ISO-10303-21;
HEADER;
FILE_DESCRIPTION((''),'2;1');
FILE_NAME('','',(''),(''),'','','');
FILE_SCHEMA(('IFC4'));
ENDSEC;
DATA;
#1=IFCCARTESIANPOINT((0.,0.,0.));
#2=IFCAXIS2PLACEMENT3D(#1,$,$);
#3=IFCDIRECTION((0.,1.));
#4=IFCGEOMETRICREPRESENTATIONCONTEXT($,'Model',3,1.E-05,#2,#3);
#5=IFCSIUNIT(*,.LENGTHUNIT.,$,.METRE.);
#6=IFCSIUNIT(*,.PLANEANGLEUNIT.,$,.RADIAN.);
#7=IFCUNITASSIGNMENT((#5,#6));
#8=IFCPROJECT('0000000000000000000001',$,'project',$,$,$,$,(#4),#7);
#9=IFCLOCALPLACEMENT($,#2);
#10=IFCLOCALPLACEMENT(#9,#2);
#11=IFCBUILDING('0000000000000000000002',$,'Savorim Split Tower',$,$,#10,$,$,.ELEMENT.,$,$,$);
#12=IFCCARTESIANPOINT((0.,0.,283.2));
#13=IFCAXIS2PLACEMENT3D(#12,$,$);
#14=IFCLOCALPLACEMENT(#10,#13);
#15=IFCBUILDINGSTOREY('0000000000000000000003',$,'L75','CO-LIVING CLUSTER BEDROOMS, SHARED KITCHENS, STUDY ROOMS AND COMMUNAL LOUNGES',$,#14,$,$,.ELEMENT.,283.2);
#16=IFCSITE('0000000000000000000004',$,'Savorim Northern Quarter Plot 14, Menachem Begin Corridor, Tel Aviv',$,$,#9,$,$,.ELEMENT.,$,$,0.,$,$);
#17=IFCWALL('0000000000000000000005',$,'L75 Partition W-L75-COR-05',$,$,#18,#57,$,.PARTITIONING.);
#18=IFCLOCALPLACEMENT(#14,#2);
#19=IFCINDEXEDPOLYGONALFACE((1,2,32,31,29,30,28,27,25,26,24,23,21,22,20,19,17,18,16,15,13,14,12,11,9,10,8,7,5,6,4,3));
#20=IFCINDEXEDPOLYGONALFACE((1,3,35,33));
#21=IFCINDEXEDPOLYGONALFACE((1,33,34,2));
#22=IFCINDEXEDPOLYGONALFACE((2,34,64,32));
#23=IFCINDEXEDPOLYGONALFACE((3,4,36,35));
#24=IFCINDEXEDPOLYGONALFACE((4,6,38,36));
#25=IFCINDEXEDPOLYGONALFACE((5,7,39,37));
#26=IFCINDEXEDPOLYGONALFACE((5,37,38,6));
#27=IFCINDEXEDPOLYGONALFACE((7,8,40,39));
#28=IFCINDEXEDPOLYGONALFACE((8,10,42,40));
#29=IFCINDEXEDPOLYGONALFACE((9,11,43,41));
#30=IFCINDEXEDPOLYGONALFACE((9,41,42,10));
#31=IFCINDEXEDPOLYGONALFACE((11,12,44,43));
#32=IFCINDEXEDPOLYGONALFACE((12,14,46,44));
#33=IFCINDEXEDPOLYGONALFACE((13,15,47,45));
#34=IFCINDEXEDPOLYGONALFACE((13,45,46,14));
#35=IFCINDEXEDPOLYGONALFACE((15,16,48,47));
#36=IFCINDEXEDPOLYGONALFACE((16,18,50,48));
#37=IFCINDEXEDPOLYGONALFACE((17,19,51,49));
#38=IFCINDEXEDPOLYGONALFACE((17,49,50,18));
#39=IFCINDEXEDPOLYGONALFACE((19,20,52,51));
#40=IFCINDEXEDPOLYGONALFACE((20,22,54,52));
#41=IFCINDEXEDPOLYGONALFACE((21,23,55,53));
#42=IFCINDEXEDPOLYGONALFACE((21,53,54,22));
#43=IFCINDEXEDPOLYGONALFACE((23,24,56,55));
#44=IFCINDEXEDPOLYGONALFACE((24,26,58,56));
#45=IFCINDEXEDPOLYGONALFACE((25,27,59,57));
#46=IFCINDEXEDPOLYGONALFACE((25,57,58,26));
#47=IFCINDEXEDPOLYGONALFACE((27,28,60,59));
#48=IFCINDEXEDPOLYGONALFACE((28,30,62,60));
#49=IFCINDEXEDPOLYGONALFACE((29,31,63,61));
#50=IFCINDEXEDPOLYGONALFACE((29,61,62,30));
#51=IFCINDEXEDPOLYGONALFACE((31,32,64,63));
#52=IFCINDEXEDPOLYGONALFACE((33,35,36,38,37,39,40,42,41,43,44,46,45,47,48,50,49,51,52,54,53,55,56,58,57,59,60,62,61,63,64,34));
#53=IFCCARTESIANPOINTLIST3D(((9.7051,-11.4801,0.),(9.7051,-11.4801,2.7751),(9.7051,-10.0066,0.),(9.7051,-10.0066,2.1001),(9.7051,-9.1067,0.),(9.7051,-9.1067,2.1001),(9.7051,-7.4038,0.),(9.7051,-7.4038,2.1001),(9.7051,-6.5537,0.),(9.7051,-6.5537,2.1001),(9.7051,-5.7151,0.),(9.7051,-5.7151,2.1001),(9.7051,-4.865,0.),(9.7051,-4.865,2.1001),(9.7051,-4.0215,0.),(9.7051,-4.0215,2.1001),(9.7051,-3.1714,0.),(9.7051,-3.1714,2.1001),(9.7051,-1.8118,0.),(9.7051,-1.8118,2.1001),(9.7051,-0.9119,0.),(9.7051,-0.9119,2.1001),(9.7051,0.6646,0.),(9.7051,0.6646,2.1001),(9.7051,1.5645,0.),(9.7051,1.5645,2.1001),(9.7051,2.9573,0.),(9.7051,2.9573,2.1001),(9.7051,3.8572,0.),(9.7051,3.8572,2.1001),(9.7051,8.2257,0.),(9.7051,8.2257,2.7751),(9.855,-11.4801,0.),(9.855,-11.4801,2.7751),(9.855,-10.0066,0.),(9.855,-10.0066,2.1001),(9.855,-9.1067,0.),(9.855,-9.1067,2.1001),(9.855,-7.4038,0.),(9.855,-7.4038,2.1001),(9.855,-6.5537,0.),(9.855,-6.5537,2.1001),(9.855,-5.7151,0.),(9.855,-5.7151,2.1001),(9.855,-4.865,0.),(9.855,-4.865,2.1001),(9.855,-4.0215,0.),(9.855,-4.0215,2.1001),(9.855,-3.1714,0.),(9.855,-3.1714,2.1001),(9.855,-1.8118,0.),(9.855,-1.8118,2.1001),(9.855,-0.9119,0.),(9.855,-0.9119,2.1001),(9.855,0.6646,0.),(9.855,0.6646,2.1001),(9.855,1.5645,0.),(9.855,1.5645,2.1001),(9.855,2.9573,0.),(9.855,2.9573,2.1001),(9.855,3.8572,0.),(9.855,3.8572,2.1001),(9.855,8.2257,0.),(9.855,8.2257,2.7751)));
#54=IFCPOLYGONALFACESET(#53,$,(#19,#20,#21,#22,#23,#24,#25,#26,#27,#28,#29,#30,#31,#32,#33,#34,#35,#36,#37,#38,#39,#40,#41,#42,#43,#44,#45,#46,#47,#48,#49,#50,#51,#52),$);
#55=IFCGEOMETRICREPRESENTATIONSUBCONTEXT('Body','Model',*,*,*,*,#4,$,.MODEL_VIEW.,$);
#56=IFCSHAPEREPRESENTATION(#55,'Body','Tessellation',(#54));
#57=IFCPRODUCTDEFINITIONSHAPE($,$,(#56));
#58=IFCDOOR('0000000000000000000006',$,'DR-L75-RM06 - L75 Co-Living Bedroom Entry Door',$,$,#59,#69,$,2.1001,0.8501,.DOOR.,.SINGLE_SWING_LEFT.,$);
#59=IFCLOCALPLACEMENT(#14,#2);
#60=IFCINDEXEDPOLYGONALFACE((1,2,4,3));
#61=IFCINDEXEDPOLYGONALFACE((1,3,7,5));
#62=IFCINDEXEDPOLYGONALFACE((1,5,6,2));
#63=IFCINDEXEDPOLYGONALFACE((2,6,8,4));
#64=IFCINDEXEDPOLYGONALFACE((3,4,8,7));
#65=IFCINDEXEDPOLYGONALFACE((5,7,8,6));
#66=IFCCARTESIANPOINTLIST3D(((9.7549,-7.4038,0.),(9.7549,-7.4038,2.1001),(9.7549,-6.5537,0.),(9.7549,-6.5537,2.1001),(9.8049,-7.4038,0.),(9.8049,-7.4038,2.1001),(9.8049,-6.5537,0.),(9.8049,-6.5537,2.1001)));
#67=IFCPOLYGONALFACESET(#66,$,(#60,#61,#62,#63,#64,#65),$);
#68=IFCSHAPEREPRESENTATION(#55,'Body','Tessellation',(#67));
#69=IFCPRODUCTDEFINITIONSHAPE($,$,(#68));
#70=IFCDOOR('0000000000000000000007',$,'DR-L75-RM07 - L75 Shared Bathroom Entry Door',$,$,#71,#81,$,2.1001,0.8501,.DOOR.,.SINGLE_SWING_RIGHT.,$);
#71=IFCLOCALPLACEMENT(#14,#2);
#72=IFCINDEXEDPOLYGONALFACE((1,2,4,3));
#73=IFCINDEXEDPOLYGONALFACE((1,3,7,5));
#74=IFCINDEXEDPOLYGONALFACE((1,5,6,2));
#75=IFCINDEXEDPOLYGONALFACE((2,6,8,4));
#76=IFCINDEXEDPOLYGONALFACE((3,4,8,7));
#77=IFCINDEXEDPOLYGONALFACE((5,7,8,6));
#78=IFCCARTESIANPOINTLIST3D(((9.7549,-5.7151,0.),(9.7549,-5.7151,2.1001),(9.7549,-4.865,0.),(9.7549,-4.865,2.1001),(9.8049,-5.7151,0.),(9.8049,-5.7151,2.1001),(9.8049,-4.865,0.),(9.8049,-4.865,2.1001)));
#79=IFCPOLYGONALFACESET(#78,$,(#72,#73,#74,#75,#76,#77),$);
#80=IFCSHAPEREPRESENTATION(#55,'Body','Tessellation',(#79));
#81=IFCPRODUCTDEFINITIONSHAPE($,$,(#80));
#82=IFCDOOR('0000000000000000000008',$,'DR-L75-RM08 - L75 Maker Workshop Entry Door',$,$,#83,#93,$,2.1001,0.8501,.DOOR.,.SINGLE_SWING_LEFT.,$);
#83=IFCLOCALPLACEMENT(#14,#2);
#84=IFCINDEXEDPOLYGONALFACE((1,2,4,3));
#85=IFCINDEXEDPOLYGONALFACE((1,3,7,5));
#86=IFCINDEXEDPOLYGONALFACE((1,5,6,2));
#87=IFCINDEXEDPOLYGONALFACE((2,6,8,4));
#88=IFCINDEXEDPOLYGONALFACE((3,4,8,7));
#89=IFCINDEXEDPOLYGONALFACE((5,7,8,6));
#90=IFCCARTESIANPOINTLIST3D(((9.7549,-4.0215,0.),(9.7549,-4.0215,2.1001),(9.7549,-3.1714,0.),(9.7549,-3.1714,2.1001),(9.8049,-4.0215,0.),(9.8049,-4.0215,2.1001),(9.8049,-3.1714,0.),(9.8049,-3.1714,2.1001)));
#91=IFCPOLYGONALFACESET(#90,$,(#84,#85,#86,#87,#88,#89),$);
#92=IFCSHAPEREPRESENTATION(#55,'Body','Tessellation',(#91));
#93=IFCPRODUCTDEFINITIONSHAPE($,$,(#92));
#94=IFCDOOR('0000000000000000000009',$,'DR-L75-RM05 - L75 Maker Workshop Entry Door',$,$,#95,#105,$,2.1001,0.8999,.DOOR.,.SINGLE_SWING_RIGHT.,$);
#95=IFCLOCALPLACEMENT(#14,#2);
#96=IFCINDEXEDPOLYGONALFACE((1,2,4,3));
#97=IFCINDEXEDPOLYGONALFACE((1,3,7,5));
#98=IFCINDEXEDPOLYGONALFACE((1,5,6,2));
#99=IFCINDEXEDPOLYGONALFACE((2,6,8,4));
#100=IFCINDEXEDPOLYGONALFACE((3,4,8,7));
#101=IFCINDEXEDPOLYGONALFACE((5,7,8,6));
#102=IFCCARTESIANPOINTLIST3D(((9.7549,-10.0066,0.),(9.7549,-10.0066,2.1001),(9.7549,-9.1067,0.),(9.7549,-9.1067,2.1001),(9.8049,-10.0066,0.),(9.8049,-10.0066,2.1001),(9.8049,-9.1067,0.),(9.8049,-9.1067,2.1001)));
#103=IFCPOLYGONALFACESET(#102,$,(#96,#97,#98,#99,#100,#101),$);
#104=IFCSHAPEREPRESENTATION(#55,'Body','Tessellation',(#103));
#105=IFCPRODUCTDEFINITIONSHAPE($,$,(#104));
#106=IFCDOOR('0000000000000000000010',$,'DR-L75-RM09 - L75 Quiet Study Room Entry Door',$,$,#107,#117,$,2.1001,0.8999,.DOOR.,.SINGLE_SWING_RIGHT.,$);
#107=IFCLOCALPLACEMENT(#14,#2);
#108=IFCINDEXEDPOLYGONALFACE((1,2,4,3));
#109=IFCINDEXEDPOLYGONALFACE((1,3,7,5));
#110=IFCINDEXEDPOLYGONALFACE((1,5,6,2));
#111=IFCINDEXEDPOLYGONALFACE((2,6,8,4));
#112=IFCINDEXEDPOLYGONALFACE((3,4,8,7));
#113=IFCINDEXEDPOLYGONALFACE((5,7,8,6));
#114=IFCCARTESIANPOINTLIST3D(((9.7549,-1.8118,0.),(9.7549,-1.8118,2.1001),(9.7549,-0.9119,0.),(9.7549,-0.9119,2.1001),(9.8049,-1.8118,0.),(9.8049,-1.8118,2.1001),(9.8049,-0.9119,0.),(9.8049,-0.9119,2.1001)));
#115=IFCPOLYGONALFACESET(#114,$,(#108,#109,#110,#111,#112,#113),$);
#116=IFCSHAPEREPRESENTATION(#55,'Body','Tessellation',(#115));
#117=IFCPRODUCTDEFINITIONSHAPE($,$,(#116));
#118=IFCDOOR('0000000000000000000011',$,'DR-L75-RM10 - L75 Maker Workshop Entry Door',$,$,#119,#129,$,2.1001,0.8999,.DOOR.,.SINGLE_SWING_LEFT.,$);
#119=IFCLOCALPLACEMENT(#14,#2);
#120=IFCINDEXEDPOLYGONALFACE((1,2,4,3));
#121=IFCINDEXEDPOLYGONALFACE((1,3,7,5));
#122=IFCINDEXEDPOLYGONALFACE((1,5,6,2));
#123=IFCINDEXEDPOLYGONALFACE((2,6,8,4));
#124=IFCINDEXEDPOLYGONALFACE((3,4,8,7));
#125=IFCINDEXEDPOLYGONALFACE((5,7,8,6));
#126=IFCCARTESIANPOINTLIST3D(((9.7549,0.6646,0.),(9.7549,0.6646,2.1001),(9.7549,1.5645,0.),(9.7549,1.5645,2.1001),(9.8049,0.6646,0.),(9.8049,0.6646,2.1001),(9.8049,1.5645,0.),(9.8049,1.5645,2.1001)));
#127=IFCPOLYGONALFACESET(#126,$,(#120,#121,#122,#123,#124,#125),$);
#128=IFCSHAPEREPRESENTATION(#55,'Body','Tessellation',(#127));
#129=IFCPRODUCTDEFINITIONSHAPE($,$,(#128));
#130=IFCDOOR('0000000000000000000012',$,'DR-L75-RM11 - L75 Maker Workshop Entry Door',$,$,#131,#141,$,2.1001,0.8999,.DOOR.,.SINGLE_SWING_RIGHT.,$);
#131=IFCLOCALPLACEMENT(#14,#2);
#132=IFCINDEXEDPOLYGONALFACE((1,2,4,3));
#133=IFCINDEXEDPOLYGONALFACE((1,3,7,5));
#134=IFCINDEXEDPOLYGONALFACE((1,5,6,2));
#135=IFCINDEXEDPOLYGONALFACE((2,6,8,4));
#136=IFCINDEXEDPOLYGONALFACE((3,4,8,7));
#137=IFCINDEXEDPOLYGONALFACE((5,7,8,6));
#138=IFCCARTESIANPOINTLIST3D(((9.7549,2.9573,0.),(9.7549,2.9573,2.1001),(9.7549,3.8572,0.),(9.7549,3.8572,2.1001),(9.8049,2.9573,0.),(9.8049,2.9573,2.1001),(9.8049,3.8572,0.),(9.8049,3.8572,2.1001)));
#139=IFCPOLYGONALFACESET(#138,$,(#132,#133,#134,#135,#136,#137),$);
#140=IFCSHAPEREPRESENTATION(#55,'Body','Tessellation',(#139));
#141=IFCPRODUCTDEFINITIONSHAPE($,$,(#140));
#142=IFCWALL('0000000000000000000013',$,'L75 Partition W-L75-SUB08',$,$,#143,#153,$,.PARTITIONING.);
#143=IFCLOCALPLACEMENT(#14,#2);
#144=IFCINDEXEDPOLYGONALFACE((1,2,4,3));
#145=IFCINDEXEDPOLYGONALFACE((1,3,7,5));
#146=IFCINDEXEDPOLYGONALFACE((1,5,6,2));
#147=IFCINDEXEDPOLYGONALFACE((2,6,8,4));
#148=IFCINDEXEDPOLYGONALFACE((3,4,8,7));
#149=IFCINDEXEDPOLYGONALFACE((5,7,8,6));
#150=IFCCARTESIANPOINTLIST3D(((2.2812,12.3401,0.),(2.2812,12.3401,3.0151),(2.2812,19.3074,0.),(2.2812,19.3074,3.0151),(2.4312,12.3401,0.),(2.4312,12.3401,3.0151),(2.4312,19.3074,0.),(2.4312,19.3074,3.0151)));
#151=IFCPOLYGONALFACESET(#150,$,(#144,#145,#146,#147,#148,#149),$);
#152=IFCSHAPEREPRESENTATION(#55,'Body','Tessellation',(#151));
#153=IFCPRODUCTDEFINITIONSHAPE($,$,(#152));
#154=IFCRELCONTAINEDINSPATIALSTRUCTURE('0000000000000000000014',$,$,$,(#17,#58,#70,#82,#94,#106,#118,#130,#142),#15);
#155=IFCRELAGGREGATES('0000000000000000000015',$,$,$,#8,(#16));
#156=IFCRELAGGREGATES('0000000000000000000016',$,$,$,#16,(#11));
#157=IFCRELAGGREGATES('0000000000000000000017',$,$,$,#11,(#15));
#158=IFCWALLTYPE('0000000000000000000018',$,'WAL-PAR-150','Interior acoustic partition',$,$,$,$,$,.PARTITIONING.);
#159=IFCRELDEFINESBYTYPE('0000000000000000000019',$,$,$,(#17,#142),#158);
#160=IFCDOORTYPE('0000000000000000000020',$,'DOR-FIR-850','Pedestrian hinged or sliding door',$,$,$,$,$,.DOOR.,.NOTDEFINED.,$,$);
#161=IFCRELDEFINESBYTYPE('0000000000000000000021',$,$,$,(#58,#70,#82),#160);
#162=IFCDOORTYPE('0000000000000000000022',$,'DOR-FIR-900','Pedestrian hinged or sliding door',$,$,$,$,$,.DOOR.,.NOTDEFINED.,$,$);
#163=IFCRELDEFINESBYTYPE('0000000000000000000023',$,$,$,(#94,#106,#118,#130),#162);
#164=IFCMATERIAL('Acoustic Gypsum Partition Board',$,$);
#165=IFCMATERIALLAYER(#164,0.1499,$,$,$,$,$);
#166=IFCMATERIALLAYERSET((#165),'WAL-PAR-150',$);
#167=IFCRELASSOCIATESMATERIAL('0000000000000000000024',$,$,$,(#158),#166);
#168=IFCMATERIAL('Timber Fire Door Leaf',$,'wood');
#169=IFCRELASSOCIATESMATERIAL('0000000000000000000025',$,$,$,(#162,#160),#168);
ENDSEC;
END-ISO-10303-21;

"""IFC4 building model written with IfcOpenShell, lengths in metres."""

from ifc_helpers import new_model, si_unit, direction, frame, frame_2d, origin, place, context, subcontext, project, spatial, rectangle, extrude, material, layer, layer_set, type_object, element, fill, save


model = new_model("IFC4")

# Units and contexts
model_context = context("Model", 3, precision=1e-05, world=origin(), true_north=direction((0.0, 1.0)))
body_context = subcontext(model_context, "Body", "Model", "MODEL_VIEW")
ifc_project = project(units=[si_unit("LENGTHUNIT", "METRE"), si_unit("PLANEANGLEUNIT", "RADIAN")], contexts=[model_context])

# Site, building, storey
site_placement = place(None, origin())
site = spatial("IfcSite", under=ifc_project, at=site_placement, Name="Savorim Northern Quarter Plot 14, Menachem Begin Corridor, Tel Aviv", CompositionType="ELEMENT", RefElevation=0.0)
building_placement = place(site_placement, origin())
building = spatial("IfcBuilding", under=site, at=building_placement, Name="Savorim Split Tower", CompositionType="ELEMENT")
storey_placement = place(building_placement, frame((0.0, 0.0, 283.2)))
storey = spatial("IfcBuildingStorey", under=building, at=storey_placement, Name="L75", Description="CO-LIVING CLUSTER BEDROOMS, SHARED KITCHENS, STUDY ROOMS AND COMMUNAL LOUNGES", CompositionType="ELEMENT", Elevation=283.2)

# Shared definitions
ifc_material_1 = material(Name="Timber Fire Door Leaf", Category="wood")

# Shared definitions
ifc_material_2 = material(Name="Acoustic Gypsum Partition Board")
ifc_layer_1 = layer(ifc_material_2, 0.1499)
ifc_layer_set_1 = layer_set([ifc_layer_1], Name="WAL-PAR-150")
wall_type_1 = type_object("IfcWallType", Name="WAL-PAR-150", Description="Interior acoustic partition", PredefinedType="PARTITIONING", material=ifc_layer_set_1)
door_type_1 = type_object("IfcDoorType", Name="DOR-FIR-900", Description="Pedestrian hinged or sliding door", OperationType="NOTDEFINED", PredefinedType="DOOR", material=ifc_material_1)

# Wall, openings, doors
wall_1_placement = place(storey_placement, frame((9.78, 8.2258, 0.0), z_axis=(0.0, 0.0, 1.0), x_axis=(0.0, -1.0, 0.0)))
wall_1 = element("IfcWall", 1, at=wall_1_placement, inside=storey, type_object=wall_type_1, Name="L75 Partition W-L75-COR-05", PredefinedType="PARTITIONING", context=body_context, shape_type="SweptSolid", body=[
    extrude(rectangle(XDim=19.7058, YDim=0.1499, at=frame_2d((9.853, 0.0))), origin(), (0.0, 0.0, 1.0), 2.7751),
])
opening_1_placement = place(wall_1_placement, frame((17.3325, 0.0, 0.0)))
opening_1 = element("IfcOpeningElement", 2, at=opening_1_placement, cuts=wall_1, PredefinedType="OPENING", context=body_context, shape_type="SweptSolid", body=[
    extrude(rectangle(XDim=0.8999, YDim=2.1001, at=frame_2d((0.45, 1.05))), frame((0.0, 0.085, 0.0), z_axis=(0.0, -1.0, 0.0), x_axis=(1.0, 0.0, 0.0)), (0.0, 0.0, 1.0), 0.1699),
])
opening_2_placement = place(wall_1_placement, frame((14.7795, 0.0, 0.0)))
opening_2 = element("IfcOpeningElement", 3, at=opening_2_placement, cuts=wall_1, PredefinedType="OPENING", context=body_context, shape_type="SweptSolid", body=[
    extrude(rectangle(XDim=0.8501, YDim=2.1001, at=frame_2d((0.425, 1.05))), frame((0.0, 0.085, 0.0), z_axis=(0.0, -1.0, 0.0), x_axis=(1.0, 0.0, 0.0)), (0.0, 0.0, 1.0), 0.1699),
])
opening_3_placement = place(wall_1_placement, frame((13.0908, 0.0, 0.0)))
opening_3 = element("IfcOpeningElement", 4, at=opening_3_placement, cuts=wall_1, PredefinedType="OPENING", context=body_context, shape_type="SweptSolid", body=[
    extrude(rectangle(XDim=0.8501, YDim=2.1001, at=frame_2d((0.425, 1.05))), frame((0.0, 0.085, 0.0), z_axis=(0.0, -1.0, 0.0), x_axis=(1.0, 0.0, 0.0)), (0.0, 0.0, 1.0), 0.1699),
])
opening_4_placement = place(wall_1_placement, frame((11.3972, 0.0, 0.0)))
opening_4 = element("IfcOpeningElement", 5, at=opening_4_placement, cuts=wall_1, PredefinedType="OPENING", context=body_context, shape_type="SweptSolid", body=[
    extrude(rectangle(XDim=0.8501, YDim=2.1001, at=frame_2d((0.425, 1.05))), frame((0.0, 0.085, 0.0), z_axis=(0.0, -1.0, 0.0), x_axis=(1.0, 0.0, 0.0)), (0.0, 0.0, 1.0), 0.1699),
])
opening_5_placement = place(wall_1_placement, frame((9.1377, 0.0, 0.0)))
opening_5 = element("IfcOpeningElement", 6, at=opening_5_placement, cuts=wall_1, PredefinedType="OPENING", context=body_context, shape_type="SweptSolid", body=[
    extrude(rectangle(XDim=0.8999, YDim=2.1001, at=frame_2d((0.45, 1.05))), frame((0.0, 0.085, 0.0), z_axis=(0.0, -1.0, 0.0), x_axis=(1.0, 0.0, 0.0)), (0.0, 0.0, 1.0), 0.1699),
])
opening_6_placement = place(wall_1_placement, frame((6.6614, 0.0, 0.0)))
opening_6 = element("IfcOpeningElement", 7, at=opening_6_placement, cuts=wall_1, PredefinedType="OPENING", context=body_context, shape_type="SweptSolid", body=[
    extrude(rectangle(XDim=0.8999, YDim=2.1001, at=frame_2d((0.45, 1.05))), frame((0.0, 0.085, 0.0), z_axis=(0.0, -1.0, 0.0), x_axis=(1.0, 0.0, 0.0)), (0.0, 0.0, 1.0), 0.1699),
])
opening_7_placement = place(wall_1_placement, frame((4.3687, 0.0, 0.0)))
opening_7 = element("IfcOpeningElement", 8, at=opening_7_placement, cuts=wall_1, PredefinedType="OPENING", context=body_context, shape_type="SweptSolid", body=[
    extrude(rectangle(XDim=0.8999, YDim=2.1001, at=frame_2d((0.45, 1.05))), frame((0.0, 0.085, 0.0), z_axis=(0.0, -1.0, 0.0), x_axis=(1.0, 0.0, 0.0)), (0.0, 0.0, 1.0), 0.1699),
])
door_type_2 = type_object("IfcDoorType", Name="DOR-FIR-850", Description="Pedestrian hinged or sliding door", OperationType="NOTDEFINED", PredefinedType="DOOR", material=ifc_material_1)
door_1_placement = place(opening_2_placement, origin())
door_1 = element("IfcDoor", 9, at=door_1_placement, inside=storey, type_object=door_type_2, Name="DR-L75-RM06 - L75 Co-Living Bedroom Entry Door", OperationType="SINGLE_SWING_LEFT", OverallHeight=2.1001, OverallWidth=0.8501, PredefinedType="DOOR", context=body_context, shape_type="SweptSolid", body=[
    extrude(rectangle(XDim=0.8501, YDim=2.1001, at=frame_2d((0.425, 1.05))), frame((0.0, 0.0249, 0.0), z_axis=(0.0, -1.0, 0.0), x_axis=(1.0, 0.0, 0.0)), (0.0, 0.0, 1.0), 0.05),
])
fill(opening_2, door_1)
door_2_placement = place(opening_3_placement, origin())
door_2 = element("IfcDoor", 10, at=door_2_placement, inside=storey, type_object=door_type_2, Name="DR-L75-RM07 - L75 Shared Bathroom Entry Door", OperationType="SINGLE_SWING_RIGHT", OverallHeight=2.1001, OverallWidth=0.8501, PredefinedType="DOOR", context=body_context, shape_type="SweptSolid", body=[
    extrude(rectangle(XDim=0.8501, YDim=2.1001, at=frame_2d((0.425, 1.05))), frame((0.0, 0.0249, 0.0), z_axis=(0.0, -1.0, 0.0), x_axis=(1.0, 0.0, 0.0)), (0.0, 0.0, 1.0), 0.05),
])
fill(opening_3, door_2)
door_3_placement = place(opening_4_placement, origin())
door_3 = element("IfcDoor", 11, at=door_3_placement, inside=storey, type_object=door_type_2, Name="DR-L75-RM08 - L75 Maker Workshop Entry Door", OperationType="SINGLE_SWING_LEFT", OverallHeight=2.1001, OverallWidth=0.8501, PredefinedType="DOOR", context=body_context, shape_type="SweptSolid", body=[
    extrude(rectangle(XDim=0.8501, YDim=2.1001, at=frame_2d((0.425, 1.05))), frame((0.0, 0.0249, 0.0), z_axis=(0.0, -1.0, 0.0), x_axis=(1.0, 0.0, 0.0)), (0.0, 0.0, 1.0), 0.05),
])
fill(opening_4, door_3)
door_4_placement = place(opening_1_placement, origin())
door_4 = element("IfcDoor", 12, at=door_4_placement, inside=storey, type_object=door_type_1, Name="DR-L75-RM05 - L75 Maker Workshop Entry Door", OperationType="SINGLE_SWING_RIGHT", OverallHeight=2.1001, OverallWidth=0.8999, PredefinedType="DOOR", context=body_context, shape_type="SweptSolid", body=[
    extrude(rectangle(XDim=0.8999, YDim=2.1001, at=frame_2d((0.45, 1.05))), frame((0.0, 0.0249, 0.0), z_axis=(0.0, -1.0, 0.0), x_axis=(1.0, 0.0, 0.0)), (0.0, 0.0, 1.0), 0.05),
])
fill(opening_1, door_4)
door_5_placement = place(opening_5_placement, origin())
door_5 = element("IfcDoor", 13, at=door_5_placement, inside=storey, type_object=door_type_1, Name="DR-L75-RM09 - L75 Quiet Study Room Entry Door", OperationType="SINGLE_SWING_RIGHT", OverallHeight=2.1001, OverallWidth=0.8999, PredefinedType="DOOR", context=body_context, shape_type="SweptSolid", body=[
    extrude(rectangle(XDim=0.8999, YDim=2.1001, at=frame_2d((0.45, 1.05))), frame((0.0, 0.0249, 0.0), z_axis=(0.0, -1.0, 0.0), x_axis=(1.0, 0.0, 0.0)), (0.0, 0.0, 1.0), 0.05),
])
fill(opening_5, door_5)
door_6_placement = place(opening_6_placement, origin())
door_6 = element("IfcDoor", 14, at=door_6_placement, inside=storey, type_object=door_type_1, Name="DR-L75-RM10 - L75 Maker Workshop Entry Door", OperationType="SINGLE_SWING_LEFT", OverallHeight=2.1001, OverallWidth=0.8999, PredefinedType="DOOR", context=body_context, shape_type="SweptSolid", body=[
    extrude(rectangle(XDim=0.8999, YDim=2.1001, at=frame_2d((0.45, 1.05))), frame((0.0, 0.0249, 0.0), z_axis=(0.0, -1.0, 0.0), x_axis=(1.0, 0.0, 0.0)), (0.0, 0.0, 1.0), 0.05),
])
fill(opening_6, door_6)
door_7_placement = place(opening_7_placement, origin())
door_7 = element("IfcDoor", 15, at=door_7_placement, inside=storey, type_object=door_type_1, Name="DR-L75-RM11 - L75 Maker Workshop Entry Door", OperationType="SINGLE_SWING_RIGHT", OverallHeight=2.1001, OverallWidth=0.8999, PredefinedType="DOOR", context=body_context, shape_type="SweptSolid", body=[
    extrude(rectangle(XDim=0.8999, YDim=2.1001, at=frame_2d((0.45, 1.05))), frame((0.0, 0.0249, 0.0), z_axis=(0.0, -1.0, 0.0), x_axis=(1.0, 0.0, 0.0)), (0.0, 0.0, 1.0), 0.05),
])
fill(opening_7, door_7)

# Wall
wall_2_placement = place(storey_placement, frame((2.3562, 12.3401, 0.0), z_axis=(0.0, 0.0, 1.0), x_axis=(0.0, 1.0, 0.0)))
element("IfcWall", 16, at=wall_2_placement, inside=storey, type_object=wall_type_1, Name="L75 Partition W-L75-SUB08", PredefinedType="PARTITIONING", context=body_context, shape_type="SweptSolid", body=[
    extrude(rectangle(XDim=6.9673, YDim=0.1499, at=frame_2d((3.4836, 0.0))), origin(), (0.0, 0.0, 1.0), 3.0151),
])

save(model, "model.ifc")
